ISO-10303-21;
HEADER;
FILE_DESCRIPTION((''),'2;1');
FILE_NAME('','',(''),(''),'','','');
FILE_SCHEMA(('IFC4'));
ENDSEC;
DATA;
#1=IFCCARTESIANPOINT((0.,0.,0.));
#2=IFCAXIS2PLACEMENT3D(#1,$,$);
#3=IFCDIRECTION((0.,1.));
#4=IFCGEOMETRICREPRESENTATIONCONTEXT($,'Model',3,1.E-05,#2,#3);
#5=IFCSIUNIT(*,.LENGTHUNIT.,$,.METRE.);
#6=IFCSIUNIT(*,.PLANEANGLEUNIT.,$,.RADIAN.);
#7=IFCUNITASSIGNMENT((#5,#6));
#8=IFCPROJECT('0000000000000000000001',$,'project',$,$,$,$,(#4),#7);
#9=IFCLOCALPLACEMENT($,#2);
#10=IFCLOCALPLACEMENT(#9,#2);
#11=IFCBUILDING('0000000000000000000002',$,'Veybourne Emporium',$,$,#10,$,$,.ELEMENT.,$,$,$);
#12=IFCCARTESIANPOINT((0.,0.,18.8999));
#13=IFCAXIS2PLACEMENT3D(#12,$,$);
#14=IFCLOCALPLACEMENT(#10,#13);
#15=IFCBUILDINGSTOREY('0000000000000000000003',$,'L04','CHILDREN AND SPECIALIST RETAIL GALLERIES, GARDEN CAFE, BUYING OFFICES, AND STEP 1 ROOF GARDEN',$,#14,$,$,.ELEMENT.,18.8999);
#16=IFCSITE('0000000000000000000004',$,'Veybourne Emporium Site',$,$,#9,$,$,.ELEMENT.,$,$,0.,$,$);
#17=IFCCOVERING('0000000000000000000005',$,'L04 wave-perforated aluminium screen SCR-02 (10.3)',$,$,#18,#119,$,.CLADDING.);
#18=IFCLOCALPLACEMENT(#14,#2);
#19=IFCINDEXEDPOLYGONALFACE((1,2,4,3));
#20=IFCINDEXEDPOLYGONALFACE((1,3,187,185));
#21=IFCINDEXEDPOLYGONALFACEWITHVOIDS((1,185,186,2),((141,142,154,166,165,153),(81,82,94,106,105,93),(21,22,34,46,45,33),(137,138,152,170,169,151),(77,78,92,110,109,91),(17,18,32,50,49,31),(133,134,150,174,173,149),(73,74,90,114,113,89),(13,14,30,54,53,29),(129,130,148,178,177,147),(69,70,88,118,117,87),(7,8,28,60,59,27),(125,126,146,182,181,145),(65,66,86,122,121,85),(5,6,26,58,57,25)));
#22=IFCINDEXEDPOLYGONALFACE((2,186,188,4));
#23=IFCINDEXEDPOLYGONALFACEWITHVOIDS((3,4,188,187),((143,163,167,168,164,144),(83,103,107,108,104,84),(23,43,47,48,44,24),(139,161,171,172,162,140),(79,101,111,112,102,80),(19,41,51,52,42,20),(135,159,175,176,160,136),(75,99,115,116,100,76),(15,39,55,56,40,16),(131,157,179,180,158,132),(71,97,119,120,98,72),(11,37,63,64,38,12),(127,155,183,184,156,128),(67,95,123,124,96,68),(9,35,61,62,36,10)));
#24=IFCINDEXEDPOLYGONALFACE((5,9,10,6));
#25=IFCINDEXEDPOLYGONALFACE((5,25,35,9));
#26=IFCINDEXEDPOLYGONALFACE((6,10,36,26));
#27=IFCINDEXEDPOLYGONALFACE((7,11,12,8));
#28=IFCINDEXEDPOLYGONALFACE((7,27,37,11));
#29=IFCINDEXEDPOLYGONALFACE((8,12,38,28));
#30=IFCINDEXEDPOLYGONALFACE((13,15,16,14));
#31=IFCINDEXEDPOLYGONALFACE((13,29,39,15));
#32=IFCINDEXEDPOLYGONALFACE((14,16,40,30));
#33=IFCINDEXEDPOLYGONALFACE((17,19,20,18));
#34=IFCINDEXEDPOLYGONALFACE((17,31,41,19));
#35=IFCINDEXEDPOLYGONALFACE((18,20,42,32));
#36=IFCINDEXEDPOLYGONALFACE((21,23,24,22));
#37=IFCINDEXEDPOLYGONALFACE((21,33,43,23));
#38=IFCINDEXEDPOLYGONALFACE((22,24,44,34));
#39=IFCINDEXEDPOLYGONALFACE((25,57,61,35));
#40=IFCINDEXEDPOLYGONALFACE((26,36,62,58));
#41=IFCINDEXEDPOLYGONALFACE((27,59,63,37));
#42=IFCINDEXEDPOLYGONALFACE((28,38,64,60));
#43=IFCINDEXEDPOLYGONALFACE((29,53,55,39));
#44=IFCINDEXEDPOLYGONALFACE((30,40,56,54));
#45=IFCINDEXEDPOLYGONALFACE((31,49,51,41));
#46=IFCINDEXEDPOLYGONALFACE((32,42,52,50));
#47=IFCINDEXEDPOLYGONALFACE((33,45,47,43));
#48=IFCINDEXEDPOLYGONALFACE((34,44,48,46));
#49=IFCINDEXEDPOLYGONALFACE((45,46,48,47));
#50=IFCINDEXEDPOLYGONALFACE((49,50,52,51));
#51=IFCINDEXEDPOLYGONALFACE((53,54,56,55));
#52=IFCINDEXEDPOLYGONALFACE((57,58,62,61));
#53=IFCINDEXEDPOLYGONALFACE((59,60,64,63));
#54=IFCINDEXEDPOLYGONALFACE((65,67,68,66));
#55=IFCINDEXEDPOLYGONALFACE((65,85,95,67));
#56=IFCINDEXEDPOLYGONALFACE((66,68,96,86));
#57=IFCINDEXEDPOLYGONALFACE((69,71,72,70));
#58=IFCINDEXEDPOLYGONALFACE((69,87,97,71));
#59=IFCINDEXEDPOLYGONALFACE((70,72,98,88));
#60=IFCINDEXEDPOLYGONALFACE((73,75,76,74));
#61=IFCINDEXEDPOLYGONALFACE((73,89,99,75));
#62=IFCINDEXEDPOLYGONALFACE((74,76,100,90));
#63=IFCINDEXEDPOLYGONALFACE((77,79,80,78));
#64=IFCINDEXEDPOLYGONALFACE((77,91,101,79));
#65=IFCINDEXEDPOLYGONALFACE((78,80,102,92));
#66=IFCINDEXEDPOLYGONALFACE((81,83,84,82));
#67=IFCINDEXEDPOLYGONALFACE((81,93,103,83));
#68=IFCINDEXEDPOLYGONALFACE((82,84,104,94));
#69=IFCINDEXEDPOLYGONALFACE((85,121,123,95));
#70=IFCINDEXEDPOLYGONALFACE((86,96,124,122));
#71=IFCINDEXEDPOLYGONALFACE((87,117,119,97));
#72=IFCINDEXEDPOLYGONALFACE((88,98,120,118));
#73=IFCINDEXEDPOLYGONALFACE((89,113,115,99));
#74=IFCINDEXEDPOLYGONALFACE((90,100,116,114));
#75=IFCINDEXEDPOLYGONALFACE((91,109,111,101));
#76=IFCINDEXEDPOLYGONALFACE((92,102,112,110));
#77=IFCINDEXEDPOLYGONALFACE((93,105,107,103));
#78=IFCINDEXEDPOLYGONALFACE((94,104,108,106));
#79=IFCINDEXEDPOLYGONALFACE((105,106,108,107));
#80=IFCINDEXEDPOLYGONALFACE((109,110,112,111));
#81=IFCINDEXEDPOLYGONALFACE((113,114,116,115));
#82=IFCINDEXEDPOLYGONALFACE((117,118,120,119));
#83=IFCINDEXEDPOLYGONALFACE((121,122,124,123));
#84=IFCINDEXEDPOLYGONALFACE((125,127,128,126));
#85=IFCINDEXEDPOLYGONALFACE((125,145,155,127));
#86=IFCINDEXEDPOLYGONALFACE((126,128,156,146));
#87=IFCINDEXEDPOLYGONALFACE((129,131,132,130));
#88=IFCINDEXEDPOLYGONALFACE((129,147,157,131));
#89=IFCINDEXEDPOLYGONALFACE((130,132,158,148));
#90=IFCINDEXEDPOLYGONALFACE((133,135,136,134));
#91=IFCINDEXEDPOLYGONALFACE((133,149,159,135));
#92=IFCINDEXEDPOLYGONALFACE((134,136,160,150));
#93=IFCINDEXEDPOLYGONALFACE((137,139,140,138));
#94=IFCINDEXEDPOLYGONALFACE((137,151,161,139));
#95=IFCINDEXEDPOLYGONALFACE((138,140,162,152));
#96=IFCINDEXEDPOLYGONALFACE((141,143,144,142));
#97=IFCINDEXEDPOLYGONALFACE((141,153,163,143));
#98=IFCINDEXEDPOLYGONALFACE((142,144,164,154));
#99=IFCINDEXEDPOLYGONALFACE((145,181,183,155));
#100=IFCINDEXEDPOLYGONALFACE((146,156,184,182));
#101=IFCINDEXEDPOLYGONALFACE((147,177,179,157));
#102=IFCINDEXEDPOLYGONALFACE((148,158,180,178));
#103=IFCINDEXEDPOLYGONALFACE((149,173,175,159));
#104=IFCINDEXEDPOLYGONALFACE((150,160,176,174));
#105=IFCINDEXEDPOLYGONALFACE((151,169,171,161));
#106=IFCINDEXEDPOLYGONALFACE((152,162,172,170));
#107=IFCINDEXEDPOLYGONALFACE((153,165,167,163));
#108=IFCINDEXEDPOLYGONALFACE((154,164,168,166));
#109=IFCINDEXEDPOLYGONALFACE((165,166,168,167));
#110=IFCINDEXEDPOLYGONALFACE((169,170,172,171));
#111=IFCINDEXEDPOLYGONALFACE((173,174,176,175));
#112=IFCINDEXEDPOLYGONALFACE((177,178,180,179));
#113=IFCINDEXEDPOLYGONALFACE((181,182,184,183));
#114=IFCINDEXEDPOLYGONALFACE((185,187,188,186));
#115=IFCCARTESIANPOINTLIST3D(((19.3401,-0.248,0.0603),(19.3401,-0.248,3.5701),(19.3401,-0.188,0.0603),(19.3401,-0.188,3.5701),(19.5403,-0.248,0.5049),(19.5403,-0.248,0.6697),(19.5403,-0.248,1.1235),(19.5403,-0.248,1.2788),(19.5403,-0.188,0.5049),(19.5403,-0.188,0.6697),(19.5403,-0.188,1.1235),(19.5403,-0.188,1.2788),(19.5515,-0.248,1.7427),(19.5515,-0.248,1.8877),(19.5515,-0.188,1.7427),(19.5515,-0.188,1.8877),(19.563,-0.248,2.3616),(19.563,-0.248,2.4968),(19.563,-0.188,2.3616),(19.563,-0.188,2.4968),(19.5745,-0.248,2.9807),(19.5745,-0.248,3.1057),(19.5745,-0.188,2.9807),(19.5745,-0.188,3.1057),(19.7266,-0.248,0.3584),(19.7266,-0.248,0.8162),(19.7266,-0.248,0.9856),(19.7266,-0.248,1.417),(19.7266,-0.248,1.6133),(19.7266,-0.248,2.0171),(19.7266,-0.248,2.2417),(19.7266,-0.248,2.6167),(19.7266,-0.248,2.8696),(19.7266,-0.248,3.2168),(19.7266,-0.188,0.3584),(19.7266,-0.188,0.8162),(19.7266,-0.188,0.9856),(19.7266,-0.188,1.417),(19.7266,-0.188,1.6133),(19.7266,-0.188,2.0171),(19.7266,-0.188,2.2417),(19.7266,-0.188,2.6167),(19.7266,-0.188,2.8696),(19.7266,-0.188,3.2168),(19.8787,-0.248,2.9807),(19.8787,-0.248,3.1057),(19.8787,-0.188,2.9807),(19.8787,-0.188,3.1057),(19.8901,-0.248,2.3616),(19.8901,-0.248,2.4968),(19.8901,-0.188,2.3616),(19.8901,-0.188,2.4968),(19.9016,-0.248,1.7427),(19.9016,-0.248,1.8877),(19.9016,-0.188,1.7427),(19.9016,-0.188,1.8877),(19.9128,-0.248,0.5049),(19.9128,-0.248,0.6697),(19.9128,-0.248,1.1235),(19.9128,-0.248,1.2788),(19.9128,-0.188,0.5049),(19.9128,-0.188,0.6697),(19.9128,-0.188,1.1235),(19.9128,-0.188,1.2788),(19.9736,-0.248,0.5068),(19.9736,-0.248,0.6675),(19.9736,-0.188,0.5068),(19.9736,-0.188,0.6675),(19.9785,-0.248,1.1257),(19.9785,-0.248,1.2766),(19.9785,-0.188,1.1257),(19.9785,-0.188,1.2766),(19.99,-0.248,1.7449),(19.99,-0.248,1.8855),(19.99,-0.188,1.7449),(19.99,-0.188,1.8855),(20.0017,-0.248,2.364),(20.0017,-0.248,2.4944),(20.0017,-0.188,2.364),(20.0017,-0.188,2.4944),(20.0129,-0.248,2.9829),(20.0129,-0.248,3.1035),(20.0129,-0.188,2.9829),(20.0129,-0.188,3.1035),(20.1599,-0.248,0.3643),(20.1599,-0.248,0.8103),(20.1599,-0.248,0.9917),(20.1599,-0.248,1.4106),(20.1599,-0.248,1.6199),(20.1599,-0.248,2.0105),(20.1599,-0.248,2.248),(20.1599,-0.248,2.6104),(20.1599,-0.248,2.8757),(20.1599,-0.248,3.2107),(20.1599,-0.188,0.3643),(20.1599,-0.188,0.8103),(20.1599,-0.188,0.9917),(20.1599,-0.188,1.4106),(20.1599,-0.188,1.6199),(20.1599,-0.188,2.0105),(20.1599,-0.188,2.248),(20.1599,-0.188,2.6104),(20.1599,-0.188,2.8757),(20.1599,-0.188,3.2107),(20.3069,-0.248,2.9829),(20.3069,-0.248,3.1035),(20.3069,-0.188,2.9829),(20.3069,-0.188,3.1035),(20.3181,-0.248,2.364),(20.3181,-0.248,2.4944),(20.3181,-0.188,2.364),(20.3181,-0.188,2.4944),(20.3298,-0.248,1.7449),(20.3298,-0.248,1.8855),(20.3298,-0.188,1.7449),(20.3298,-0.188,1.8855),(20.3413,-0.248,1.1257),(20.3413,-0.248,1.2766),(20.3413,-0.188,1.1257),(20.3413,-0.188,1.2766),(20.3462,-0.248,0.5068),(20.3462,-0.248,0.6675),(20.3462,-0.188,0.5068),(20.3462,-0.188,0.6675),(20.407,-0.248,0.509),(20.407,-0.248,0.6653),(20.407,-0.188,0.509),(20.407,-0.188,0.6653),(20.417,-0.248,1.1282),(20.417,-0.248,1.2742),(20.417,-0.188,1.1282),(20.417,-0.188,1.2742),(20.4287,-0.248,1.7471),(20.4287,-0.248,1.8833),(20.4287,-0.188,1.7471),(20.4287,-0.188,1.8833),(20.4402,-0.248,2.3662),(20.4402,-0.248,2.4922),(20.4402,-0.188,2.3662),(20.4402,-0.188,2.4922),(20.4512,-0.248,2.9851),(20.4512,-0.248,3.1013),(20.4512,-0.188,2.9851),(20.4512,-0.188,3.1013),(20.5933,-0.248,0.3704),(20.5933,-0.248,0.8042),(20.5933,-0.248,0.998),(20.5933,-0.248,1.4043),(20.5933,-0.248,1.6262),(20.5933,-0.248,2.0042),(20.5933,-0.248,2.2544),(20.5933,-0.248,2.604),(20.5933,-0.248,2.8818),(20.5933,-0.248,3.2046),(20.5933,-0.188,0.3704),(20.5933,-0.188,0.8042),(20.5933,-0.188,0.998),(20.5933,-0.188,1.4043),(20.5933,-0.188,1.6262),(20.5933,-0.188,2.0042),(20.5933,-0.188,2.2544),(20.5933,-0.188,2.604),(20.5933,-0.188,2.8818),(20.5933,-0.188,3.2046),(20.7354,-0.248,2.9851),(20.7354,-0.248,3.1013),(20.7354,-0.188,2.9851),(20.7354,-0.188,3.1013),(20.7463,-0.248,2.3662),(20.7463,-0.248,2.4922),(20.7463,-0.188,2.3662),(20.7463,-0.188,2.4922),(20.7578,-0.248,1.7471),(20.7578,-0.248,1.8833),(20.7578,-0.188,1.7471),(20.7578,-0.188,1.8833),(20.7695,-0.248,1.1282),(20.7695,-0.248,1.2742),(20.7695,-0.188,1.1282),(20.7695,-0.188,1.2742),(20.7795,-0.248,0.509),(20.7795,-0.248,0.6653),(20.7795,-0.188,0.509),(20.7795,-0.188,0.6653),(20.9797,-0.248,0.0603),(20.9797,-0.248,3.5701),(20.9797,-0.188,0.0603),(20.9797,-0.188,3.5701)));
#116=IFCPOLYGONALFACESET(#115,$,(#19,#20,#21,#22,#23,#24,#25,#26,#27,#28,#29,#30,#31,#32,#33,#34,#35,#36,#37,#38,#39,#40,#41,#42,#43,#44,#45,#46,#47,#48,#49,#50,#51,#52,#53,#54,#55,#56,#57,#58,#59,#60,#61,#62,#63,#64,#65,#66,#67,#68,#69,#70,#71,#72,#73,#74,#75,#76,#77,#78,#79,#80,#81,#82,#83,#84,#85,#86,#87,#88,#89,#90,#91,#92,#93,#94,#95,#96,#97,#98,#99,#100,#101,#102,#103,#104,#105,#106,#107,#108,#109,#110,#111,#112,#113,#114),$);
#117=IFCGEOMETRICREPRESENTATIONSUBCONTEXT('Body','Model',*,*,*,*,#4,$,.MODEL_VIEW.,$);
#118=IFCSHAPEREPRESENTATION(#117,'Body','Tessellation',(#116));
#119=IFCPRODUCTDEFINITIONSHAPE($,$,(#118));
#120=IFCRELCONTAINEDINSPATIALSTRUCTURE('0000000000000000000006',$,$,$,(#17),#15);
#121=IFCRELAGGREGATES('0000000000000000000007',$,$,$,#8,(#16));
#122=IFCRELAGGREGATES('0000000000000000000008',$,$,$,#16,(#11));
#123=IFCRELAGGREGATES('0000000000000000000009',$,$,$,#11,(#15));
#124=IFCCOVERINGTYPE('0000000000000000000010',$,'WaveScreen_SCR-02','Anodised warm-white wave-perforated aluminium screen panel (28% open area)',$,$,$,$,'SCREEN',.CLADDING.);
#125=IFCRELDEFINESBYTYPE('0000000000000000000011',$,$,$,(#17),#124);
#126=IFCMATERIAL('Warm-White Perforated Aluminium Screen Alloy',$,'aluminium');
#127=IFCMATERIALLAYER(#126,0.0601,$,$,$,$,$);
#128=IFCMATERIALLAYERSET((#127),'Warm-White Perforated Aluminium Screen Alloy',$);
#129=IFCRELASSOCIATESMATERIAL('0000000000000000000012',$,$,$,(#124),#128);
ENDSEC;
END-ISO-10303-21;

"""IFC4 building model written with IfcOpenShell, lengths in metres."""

from ifc_helpers import new_model, si_unit, direction, frame, origin, place, context, subcontext, project, spatial, polyline, outline, extrude, material, layer, layer_set, type_object, element, save


model = new_model("IFC4")

# Units and contexts
model_context = context("Model", 3, precision=1e-05, world=origin(), true_north=direction((0.0, 1.0)))
body_context = subcontext(model_context, "Body", "Model", "MODEL_VIEW")
ifc_project = project(units=[si_unit("LENGTHUNIT", "METRE"), si_unit("PLANEANGLEUNIT", "RADIAN")], contexts=[model_context])

# Site, building, storey
site_placement = place(None, origin())
site = spatial("IfcSite", under=ifc_project, at=site_placement, Name="Veybourne Emporium Site", CompositionType="ELEMENT", RefElevation=0.0)
building_placement = place(site_placement, origin())
building = spatial("IfcBuilding", under=site, at=building_placement, Name="Veybourne Emporium", CompositionType="ELEMENT")
storey_placement = place(building_placement, frame((0.0, 0.0, 18.8999)))
storey = spatial("IfcBuildingStorey", under=building, at=storey_placement, Name="L04", Description="CHILDREN AND SPECIALIST RETAIL GALLERIES, GARDEN CAFE, BUYING OFFICES, AND STEP 1 ROOF GARDEN", CompositionType="ELEMENT", Elevation=18.8999)

# Covering
ifc_material_1 = material(Name="Warm-White Perforated Aluminium Screen Alloy", Category="aluminium")
ifc_layer_1 = layer(ifc_material_1, 0.0601)
ifc_layer_set_1 = layer_set([ifc_layer_1], Name="Warm-White Perforated Aluminium Screen Alloy")
covering_type_1 = type_object("IfcCoveringType", Name="WaveScreen_SCR-02", Description="Anodised warm-white wave-perforated aluminium screen panel (28% open area)", ElementType="SCREEN", PredefinedType="CLADDING", material=ifc_layer_set_1)
covering_1_placement = place(storey_placement, frame((20.1599, -0.248, 1.8152), z_axis=(0.0, 1.0, 0.0), x_axis=(-1.0, 0.0, 0.0)))
element("IfcCovering", 1, at=covering_1_placement, inside=storey, type_object=covering_type_1, Name="L04 wave-perforated aluminium screen SCR-02 (10.3)", PredefinedType="CLADDING", context=body_context, shape_type="SweptSolid", body=[
    extrude(outline(polyline([(-0.8198, -1.7549), (0.8198, -1.7549), (0.8198, 1.7549), (-0.8198, 1.7549), (-0.8198, -1.7549)]), holes=[polyline([(-0.4333, -1.011), (-0.2471, -1.1499), (-0.2471, -1.3062), (-0.4333, -1.4448), (-0.6196, -1.3062), (-0.6196, -1.1499), (-0.4333, -1.011)]), polyline([(-0.4333, -0.4109), (-0.2571, -0.541), (-0.2571, -0.687), (-0.4333, -0.8171), (-0.6096, -0.687), (-0.6096, -0.541), (-0.4333, -0.4109)]), polyline([(-0.4333, 0.189), (-0.2688, 0.0681), (-0.2688, -0.0681), (-0.4333, -0.189), (-0.5979, -0.0681), (-0.5979, 0.0681), (-0.4333, 0.189)]), polyline([(-0.4333, 0.7888), (-0.2803, 0.677), (-0.2803, 0.551), (-0.4333, 0.4392), (-0.5864, 0.551), (-0.5864, 0.677), (-0.4333, 0.7888)]), polyline([(-0.4333, 1.3894), (-0.2913, 1.2861), (-0.2913, 1.1699), (-0.4333, 1.0667), (-0.5754, 1.1699), (-0.5754, 1.2861), (-0.4333, 1.3894)]), polyline([(0.0, -1.0049), (0.1863, -1.1477), (0.1863, -1.3083), (0.0, -1.4509), (-0.1863, -1.3083), (-0.1863, -1.1477), (0.0, -1.0049)]), polyline([(0.0, -0.4045), (0.1814, -0.5386), (0.1814, -0.6895), (0.0, -0.8235), (-0.1814, -0.6895), (-0.1814, -0.5386), (0.0, -0.4045)]), polyline([(0.0, 0.1953), (0.1699, 0.0703), (0.1699, -0.0703), (0.0, -0.1953), (-0.1699, -0.0703), (-0.1699, 0.0703), (0.0, 0.1953)]), polyline([(0.0, 0.7952), (0.1582, 0.6792), (0.1582, 0.5488), (0.0, 0.4329), (-0.1582, 0.5488), (-0.1582, 0.6792), (0.0, 0.7952)]), polyline([(0.0, 1.3955), (0.147, 1.2883), (0.147, 1.1677), (0.0, 1.0605), (-0.147, 1.1677), (-0.147, 1.2883), (0.0, 1.3955)]), polyline([(0.4333, -0.999), (0.6196, -1.1455), (0.6196, -1.3103), (0.4333, -1.4568), (0.2471, -1.3103), (0.2471, -1.1455), (0.4333, -0.999)]), polyline([(0.4333, -0.3982), (0.6196, -0.5364), (0.6196, -0.6917), (0.4333, -0.8296), (0.2471, -0.6917), (0.2471, -0.5364), (0.4333, -0.3982)]), polyline([(0.4333, 0.2019), (0.6084, 0.0725), (0.6084, -0.0725), (0.4333, -0.2019), (0.2583, -0.0725), (0.2583, 0.0725), (0.4333, 0.2019)]), polyline([(0.4333, 0.8015), (0.5969, 0.6816), (0.5969, 0.5464), (0.4333, 0.4265), (0.2698, 0.5464), (0.2698, 0.6816), (0.4333, 0.8015)]), polyline([(0.4333, 1.4016), (0.5854, 1.2905), (0.5854, 1.1655), (0.4333, 1.0544), (0.2812, 1.1655), (0.2812, 1.2905), (0.4333, 1.4016)])]), origin(), (0.0, 0.0, 1.0), 0.0601),
])

save(model, "model.ifc")
